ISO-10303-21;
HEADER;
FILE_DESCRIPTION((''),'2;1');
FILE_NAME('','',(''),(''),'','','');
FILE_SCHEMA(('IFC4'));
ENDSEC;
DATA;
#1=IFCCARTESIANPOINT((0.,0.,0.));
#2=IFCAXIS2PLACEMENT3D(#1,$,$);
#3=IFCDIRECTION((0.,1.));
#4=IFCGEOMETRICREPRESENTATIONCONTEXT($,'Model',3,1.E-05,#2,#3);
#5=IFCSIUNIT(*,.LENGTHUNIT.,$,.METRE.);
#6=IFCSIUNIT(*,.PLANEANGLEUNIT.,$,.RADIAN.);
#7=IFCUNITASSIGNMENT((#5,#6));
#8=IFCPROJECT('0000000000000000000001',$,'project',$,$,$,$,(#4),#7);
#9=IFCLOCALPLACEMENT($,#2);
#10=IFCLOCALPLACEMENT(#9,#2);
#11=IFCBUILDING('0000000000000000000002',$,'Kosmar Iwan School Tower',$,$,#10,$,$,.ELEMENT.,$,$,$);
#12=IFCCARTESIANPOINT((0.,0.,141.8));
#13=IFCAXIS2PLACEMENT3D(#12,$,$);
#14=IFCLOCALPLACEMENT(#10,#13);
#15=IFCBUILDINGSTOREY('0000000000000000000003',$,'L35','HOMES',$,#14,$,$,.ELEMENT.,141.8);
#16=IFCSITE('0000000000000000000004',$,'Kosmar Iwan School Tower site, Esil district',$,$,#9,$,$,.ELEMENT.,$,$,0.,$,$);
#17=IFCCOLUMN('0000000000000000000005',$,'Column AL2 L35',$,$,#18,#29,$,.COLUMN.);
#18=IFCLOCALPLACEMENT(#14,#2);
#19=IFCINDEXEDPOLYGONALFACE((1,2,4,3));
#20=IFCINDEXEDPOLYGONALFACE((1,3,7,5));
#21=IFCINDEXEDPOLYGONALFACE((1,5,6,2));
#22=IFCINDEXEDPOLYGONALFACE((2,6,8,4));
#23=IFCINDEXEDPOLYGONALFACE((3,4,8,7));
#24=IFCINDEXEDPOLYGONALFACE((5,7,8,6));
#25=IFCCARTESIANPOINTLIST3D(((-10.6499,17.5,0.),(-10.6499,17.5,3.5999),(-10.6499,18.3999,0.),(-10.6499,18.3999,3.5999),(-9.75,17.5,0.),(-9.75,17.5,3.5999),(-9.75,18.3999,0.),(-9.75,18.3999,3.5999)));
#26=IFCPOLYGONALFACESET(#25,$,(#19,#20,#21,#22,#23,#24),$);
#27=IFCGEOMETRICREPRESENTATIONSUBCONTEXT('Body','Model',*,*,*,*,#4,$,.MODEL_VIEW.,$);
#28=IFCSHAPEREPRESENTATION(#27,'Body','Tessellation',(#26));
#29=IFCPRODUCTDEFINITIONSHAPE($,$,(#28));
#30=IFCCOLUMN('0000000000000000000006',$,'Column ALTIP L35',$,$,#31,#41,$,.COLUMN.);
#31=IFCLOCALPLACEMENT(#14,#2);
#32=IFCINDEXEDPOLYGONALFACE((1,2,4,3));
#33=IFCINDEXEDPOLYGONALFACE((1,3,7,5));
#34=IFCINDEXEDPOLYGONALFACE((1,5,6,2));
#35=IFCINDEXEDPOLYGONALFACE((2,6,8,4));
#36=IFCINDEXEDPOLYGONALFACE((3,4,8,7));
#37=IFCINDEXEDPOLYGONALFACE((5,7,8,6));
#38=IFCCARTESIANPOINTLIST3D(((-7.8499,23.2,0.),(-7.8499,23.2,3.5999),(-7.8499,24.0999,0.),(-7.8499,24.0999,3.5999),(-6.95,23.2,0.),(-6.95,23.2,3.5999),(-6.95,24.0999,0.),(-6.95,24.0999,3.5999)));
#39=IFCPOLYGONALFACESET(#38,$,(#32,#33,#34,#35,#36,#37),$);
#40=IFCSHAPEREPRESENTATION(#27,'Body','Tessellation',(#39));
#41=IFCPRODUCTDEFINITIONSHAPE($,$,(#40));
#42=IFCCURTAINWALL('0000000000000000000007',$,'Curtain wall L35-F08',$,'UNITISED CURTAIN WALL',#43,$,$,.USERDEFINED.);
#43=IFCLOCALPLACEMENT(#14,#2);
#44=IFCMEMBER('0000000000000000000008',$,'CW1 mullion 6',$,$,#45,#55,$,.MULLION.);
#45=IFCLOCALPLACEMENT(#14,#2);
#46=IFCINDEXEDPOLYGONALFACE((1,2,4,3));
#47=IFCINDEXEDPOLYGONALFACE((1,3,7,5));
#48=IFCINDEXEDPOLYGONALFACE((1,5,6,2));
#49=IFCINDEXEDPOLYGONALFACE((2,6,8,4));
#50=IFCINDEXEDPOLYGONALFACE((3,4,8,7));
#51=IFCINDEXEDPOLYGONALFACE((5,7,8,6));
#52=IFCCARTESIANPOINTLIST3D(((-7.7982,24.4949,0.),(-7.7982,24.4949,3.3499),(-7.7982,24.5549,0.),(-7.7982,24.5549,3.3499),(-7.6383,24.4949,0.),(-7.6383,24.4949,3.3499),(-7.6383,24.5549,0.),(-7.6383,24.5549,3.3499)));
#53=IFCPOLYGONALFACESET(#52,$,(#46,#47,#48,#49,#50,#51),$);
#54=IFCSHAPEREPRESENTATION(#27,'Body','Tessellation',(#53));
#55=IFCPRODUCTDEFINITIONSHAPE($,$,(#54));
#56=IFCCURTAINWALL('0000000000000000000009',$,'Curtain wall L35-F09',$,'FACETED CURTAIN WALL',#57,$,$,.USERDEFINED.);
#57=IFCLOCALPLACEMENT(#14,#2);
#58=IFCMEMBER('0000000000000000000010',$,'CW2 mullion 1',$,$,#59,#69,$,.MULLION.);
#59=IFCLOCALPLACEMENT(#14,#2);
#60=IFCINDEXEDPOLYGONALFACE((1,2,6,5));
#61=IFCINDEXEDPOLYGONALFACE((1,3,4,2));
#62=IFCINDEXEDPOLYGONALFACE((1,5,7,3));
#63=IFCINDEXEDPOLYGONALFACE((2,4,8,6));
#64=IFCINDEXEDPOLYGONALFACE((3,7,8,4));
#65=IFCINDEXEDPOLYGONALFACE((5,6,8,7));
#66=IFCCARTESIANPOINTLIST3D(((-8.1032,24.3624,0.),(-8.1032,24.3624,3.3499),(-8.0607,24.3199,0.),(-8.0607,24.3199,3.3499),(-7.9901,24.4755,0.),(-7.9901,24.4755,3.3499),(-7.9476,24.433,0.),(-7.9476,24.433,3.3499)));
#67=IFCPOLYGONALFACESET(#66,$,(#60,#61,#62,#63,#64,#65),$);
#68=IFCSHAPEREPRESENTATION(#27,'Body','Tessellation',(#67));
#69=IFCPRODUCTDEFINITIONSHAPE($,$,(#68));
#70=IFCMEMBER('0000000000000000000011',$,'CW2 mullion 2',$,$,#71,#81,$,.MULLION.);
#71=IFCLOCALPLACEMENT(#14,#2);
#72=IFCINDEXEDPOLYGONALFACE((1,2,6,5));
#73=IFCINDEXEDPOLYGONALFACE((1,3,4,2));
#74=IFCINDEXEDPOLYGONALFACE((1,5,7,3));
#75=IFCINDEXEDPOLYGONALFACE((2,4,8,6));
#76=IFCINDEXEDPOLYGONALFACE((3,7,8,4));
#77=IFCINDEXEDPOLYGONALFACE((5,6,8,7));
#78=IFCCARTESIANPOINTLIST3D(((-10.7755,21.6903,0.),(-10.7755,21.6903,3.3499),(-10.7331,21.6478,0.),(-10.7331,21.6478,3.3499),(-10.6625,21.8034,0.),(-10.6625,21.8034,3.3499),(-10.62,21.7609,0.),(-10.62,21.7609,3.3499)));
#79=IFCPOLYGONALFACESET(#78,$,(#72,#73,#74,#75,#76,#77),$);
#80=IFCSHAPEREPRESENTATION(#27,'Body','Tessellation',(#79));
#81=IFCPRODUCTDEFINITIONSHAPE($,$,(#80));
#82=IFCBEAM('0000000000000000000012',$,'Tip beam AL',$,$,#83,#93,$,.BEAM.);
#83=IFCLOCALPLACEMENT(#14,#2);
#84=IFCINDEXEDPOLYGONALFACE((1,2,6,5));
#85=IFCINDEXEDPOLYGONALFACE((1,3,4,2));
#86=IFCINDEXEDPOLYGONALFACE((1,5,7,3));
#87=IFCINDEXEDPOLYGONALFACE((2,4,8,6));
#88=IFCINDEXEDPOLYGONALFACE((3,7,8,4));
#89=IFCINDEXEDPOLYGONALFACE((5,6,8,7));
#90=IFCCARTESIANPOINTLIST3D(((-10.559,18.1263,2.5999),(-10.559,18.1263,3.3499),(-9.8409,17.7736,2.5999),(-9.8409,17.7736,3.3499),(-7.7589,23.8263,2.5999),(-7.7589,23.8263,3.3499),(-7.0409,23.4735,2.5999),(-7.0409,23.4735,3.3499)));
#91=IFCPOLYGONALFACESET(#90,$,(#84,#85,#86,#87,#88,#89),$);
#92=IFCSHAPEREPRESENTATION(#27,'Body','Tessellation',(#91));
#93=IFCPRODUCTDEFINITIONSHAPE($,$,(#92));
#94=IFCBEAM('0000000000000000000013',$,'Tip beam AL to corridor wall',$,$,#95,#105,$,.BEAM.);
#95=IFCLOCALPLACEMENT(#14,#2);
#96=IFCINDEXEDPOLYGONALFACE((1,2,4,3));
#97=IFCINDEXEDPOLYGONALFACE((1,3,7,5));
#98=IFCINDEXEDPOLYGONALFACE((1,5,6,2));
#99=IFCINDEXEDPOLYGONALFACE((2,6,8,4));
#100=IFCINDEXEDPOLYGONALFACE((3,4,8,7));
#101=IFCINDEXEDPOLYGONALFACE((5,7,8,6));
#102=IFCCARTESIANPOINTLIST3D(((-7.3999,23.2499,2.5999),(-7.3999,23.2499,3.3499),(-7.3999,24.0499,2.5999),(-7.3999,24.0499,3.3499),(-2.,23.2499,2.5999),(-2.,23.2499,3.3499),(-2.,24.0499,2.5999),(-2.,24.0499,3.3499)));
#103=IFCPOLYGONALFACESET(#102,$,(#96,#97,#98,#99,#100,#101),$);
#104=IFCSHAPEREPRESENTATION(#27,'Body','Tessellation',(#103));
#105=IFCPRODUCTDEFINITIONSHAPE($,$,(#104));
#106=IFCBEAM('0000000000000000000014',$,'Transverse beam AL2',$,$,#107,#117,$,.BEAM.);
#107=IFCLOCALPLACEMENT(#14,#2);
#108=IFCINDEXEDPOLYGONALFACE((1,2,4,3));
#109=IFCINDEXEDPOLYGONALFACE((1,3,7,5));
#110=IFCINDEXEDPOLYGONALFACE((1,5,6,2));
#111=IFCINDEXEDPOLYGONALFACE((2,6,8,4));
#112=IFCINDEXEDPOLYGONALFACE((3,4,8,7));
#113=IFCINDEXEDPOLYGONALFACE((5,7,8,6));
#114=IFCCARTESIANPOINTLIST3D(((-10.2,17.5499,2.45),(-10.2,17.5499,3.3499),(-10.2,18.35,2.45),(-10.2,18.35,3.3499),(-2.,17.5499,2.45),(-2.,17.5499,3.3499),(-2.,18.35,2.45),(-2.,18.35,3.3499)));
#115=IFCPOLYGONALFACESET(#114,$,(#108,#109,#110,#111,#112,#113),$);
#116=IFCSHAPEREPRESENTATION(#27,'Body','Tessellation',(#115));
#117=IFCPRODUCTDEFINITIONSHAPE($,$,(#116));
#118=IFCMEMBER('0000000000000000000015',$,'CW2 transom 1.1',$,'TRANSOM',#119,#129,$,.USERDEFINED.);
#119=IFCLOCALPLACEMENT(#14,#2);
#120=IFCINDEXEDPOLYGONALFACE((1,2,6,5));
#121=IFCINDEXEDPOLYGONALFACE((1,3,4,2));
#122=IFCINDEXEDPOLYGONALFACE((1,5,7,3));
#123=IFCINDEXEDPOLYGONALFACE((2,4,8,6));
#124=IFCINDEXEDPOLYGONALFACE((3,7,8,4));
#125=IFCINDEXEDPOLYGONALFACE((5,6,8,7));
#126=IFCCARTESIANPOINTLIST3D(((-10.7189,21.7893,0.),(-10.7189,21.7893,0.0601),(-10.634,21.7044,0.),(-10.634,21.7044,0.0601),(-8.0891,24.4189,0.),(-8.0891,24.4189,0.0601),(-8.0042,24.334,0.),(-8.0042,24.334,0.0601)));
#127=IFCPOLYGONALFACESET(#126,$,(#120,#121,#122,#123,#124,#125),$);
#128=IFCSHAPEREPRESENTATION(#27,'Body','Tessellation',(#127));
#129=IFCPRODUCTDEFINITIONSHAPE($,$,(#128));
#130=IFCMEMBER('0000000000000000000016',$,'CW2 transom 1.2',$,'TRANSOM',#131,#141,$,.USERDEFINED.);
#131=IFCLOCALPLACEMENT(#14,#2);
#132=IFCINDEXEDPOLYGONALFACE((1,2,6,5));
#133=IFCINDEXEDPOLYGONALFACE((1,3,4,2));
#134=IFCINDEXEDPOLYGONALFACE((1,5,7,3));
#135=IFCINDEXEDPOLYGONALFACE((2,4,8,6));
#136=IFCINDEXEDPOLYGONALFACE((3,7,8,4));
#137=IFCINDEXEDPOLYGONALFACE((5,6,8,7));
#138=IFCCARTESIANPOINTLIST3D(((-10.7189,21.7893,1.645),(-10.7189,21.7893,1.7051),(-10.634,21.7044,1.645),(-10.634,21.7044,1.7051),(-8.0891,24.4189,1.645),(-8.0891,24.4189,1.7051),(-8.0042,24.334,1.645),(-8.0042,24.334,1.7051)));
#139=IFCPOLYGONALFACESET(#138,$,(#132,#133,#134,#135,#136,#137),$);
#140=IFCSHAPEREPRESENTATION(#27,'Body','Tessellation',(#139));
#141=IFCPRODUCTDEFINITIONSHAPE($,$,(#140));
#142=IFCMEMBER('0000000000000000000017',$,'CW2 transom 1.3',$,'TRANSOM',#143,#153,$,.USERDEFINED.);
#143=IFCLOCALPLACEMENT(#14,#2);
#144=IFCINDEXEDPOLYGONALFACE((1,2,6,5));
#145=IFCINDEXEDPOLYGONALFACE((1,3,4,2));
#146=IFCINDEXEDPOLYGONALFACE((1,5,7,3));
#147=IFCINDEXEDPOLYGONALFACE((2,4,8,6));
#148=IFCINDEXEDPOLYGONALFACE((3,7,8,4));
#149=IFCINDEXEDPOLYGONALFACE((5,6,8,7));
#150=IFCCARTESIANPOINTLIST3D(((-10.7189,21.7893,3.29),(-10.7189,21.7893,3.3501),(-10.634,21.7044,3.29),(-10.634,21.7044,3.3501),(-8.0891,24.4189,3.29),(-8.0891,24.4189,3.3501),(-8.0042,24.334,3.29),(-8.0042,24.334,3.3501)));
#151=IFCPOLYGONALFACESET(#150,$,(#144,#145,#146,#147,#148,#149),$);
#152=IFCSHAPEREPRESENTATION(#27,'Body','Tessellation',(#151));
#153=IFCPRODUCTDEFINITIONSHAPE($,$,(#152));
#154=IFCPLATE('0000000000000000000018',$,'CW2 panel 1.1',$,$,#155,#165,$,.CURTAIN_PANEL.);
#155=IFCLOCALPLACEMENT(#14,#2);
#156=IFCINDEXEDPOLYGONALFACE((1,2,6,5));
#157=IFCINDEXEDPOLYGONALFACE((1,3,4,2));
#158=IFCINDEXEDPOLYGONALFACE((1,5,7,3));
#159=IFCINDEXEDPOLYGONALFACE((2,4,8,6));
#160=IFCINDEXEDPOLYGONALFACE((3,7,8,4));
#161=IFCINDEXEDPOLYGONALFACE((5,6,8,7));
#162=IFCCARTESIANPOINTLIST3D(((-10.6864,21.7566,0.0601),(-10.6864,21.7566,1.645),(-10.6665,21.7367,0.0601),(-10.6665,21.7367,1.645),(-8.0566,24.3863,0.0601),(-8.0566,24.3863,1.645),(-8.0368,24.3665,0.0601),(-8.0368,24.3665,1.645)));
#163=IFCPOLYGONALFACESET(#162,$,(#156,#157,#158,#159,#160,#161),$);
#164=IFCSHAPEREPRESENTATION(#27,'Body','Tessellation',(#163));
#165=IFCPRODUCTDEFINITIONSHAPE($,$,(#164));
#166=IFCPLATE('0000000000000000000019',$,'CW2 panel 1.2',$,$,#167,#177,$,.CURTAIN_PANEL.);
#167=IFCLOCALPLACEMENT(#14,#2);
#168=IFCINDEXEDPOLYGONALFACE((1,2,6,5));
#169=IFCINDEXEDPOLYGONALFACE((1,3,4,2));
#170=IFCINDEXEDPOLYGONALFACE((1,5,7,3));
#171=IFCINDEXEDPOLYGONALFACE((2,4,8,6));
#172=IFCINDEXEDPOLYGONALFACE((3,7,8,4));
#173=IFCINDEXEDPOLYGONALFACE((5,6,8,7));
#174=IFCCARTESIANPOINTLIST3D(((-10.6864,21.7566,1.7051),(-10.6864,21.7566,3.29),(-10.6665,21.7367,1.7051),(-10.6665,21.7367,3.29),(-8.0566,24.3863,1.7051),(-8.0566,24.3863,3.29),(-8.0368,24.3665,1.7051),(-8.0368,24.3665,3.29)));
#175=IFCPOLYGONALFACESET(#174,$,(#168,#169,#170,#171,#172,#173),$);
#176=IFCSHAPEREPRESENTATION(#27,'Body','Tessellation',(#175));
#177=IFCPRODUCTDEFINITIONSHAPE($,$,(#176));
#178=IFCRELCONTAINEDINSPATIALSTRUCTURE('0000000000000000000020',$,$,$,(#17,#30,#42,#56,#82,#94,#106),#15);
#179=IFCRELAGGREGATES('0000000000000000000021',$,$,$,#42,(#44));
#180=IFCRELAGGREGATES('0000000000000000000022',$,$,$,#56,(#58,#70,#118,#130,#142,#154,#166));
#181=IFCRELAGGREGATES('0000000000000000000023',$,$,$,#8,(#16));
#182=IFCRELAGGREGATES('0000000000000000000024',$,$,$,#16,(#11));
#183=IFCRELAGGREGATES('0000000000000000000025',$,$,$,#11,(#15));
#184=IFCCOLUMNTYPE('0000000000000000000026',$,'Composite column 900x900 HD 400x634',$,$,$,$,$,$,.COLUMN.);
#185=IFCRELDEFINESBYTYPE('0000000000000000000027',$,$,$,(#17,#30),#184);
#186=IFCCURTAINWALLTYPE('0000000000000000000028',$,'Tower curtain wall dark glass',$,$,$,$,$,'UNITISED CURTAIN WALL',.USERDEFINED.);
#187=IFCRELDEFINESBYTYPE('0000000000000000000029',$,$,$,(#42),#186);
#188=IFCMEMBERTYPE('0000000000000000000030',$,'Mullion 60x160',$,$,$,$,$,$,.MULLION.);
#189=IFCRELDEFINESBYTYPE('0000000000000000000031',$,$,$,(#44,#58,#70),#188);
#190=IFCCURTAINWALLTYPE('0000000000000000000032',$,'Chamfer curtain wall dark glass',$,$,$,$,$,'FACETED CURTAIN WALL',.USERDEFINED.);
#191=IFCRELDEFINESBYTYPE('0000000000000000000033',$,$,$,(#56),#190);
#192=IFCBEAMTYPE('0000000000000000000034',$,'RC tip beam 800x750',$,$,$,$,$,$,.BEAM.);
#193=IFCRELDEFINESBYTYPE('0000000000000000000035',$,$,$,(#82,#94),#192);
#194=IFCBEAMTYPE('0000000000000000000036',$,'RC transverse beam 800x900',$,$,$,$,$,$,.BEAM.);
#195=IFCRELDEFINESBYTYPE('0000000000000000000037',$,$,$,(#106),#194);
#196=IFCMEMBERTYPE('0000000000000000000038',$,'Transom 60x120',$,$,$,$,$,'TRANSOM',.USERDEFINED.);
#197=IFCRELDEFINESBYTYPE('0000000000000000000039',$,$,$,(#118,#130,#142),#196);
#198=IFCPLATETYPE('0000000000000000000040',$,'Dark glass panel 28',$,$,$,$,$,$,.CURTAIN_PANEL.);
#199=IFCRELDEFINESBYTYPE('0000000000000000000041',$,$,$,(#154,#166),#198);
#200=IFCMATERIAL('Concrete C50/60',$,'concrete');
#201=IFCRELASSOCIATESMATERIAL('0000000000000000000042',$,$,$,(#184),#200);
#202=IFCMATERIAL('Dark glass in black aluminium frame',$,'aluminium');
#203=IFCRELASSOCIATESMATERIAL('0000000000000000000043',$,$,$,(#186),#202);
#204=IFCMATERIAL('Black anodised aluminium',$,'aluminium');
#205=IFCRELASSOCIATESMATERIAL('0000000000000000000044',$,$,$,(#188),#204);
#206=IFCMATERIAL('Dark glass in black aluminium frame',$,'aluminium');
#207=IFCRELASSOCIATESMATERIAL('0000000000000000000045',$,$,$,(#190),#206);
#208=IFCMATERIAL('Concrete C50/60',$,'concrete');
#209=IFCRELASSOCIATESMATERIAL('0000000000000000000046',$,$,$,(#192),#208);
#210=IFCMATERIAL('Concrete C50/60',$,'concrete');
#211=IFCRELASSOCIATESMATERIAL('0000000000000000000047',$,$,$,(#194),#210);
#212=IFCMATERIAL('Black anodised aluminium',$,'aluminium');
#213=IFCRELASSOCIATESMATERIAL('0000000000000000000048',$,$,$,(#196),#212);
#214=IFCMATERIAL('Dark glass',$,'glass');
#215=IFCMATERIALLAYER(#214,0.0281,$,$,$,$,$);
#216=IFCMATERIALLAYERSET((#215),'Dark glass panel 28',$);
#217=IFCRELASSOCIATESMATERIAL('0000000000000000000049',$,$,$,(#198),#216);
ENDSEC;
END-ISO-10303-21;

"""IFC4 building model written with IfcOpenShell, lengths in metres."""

from ifc_helpers import new_model, si_unit, direction, frame, origin, origin_2d, place, context, subcontext, project, spatial, rectangle, extrude, material, layer, layer_set, material_profile, profile_set, type_object, element, aggregate, save


model = new_model("IFC4")

# Units and contexts
model_context = context("Model", 3, precision=1e-05, world=origin(), true_north=direction((0.0, 1.0)))
body_context = subcontext(model_context, "Body", "Model", "MODEL_VIEW")
ifc_project = project(units=[si_unit("LENGTHUNIT", "METRE"), si_unit("PLANEANGLEUNIT", "RADIAN")], contexts=[model_context])

# Site, building, storey
site_placement = place(None, origin())
site = spatial("IfcSite", under=ifc_project, at=site_placement, Name="Kosmar Iwan School Tower site, Esil district", CompositionType="ELEMENT", RefElevation=0.0)
building_placement = place(site_placement, origin())
building = spatial("IfcBuilding", under=site, at=building_placement, Name="Kosmar Iwan School Tower", CompositionType="ELEMENT")
storey_placement = place(building_placement, frame((0.0, 0.0, 141.8)))
storey = spatial("IfcBuildingStorey", under=building, at=storey_placement, Name="L35", Description="HOMES", CompositionType="ELEMENT", Elevation=141.8)

# Columns
ifc_material_1 = material(Name="Concrete C50/60", Category="concrete")
ifc_material_profile_1 = material_profile(ifc_material_1, rectangle(XDim=0.8999, YDim=0.8999, at=origin_2d()), Name="RC 900x900 + HD 400x634")
ifc_profile_set_1 = profile_set([ifc_material_profile_1], Name="Concrete C50/60")
column_type = type_object("IfcColumnType", Name="Composite column 900x900 HD 400x634", PredefinedType="COLUMN", material=ifc_profile_set_1)
for number, where, z_axis, x_axis, name in (
    (1, (-10.2, 17.95, 0.0), (0.0, 0.0, 1.0), (0.0, 1.0, 0.0), "Column AL2 L35"),
    (2, (-7.3999, 23.6499, 0.0), (0.0, 0.0, 1.0), (0.0, 1.0, 0.0), "Column ALTIP L35"),
):
    element("IfcColumn", number, at=place(storey_placement, frame(where, z_axis=z_axis, x_axis=x_axis)), inside=storey, type_object=column_type, Name=name, PredefinedType="COLUMN", context=body_context, shape_type="SweptSolid", body=[
        extrude(rectangle(XDim=0.8999, YDim=0.8999, at=origin_2d()), origin(), (0.0, 0.0, 1.0), 3.5999),
    ])

# Curtain wall, member
ifc_material_2 = material(Name="Dark glass in black aluminium frame", Category="aluminium")
curtain_wall_type_1 = type_object("IfcCurtainWallType", Name="Tower curtain wall dark glass", ElementType="UNITISED CURTAIN WALL", PredefinedType="USERDEFINED", material=ifc_material_2)
curtain_wall_1_placement = place(storey_placement, origin())
curtain_wall_1 = element("IfcCurtainWall", 3, at=curtain_wall_1_placement, inside=storey, type_object=curtain_wall_type_1, Name="Curtain wall L35-F08", ObjectType="UNITISED CURTAIN WALL", PredefinedType="USERDEFINED")
ifc_material_3 = material(Name="Black anodised aluminium", Category="aluminium")
ifc_material_profile_2 = material_profile(ifc_material_3, rectangle(XDim=0.0601, YDim=0.1599, at=origin_2d()), Name="MULLION 60x160")
ifc_profile_set_2 = profile_set([ifc_material_profile_2], Name="Black anodised aluminium")
member_type_1 = type_object("IfcMemberType", Name="Mullion 60x160", PredefinedType="MULLION", material=ifc_profile_set_2)
member_1_placement = place(storey_placement, frame((-7.7183, 24.5249, 0.0), z_axis=(0.0, 0.0, 1.0), x_axis=(0.0, -1.0, 0.0)))
member_1 = element("IfcMember", 4, at=member_1_placement, type_object=member_type_1, Name="CW1 mullion 6", PredefinedType="MULLION", context=body_context, shape_type="SweptSolid", body=[
    extrude(rectangle(XDim=0.0601, YDim=0.1599, at=origin_2d()), origin(), (0.0, 0.0, 1.0), 3.3499),
])
aggregate(curtain_wall_1, [member_1])

# Curtain wall, members
ifc_material_4 = material(Name="Dark glass in black aluminium frame", Category="aluminium")
curtain_wall_type_2 = type_object("IfcCurtainWallType", Name="Chamfer curtain wall dark glass", ElementType="FACETED CURTAIN WALL", PredefinedType="USERDEFINED", material=ifc_material_4)
curtain_wall_2_placement = place(storey_placement, origin())
curtain_wall_2 = element("IfcCurtainWall", 5, at=curtain_wall_2_placement, inside=storey, type_object=curtain_wall_type_2, Name="Curtain wall L35-F09", ObjectType="FACETED CURTAIN WALL", PredefinedType="USERDEFINED")
member_2_placement = place(storey_placement, frame((-8.0254, 24.3977, 0.0), z_axis=(0.0, 0.0, 1.0), x_axis=(0.707107, -0.707107, 0.0)))
member_2 = element("IfcMember", 6, at=member_2_placement, type_object=member_type_1, Name="CW2 mullion 1", PredefinedType="MULLION", context=body_context, shape_type="SweptSolid", body=[
    extrude(rectangle(XDim=0.0601, YDim=0.1599, at=origin_2d()), origin(), (0.0, 0.0, 1.0), 3.3499),
])
member_3_placement = place(storey_placement, frame((-10.6978, 21.7256, 0.0), z_axis=(0.0, 0.0, 1.0), x_axis=(0.707107, -0.707107, 0.0)))
member_3 = element("IfcMember", 7, at=member_3_placement, type_object=member_type_1, Name="CW2 mullion 2", PredefinedType="MULLION", context=body_context, shape_type="SweptSolid", body=[
    extrude(rectangle(XDim=0.0601, YDim=0.1599, at=origin_2d()), origin(), (0.0, 0.0, 1.0), 3.3499),
])

# Beams
ifc_material_5 = material(Name="Concrete C50/60", Category="concrete")
ifc_material_profile_3 = material_profile(ifc_material_5, rectangle(XDim=0.8, YDim=0.75, at=origin_2d()), Name="RC 800x750")
ifc_profile_set_3 = profile_set([ifc_material_profile_3], Name="Concrete C50/60")
beam_type_1 = type_object("IfcBeamType", Name="RC tip beam 800x750", PredefinedType="BEAM", material=ifc_profile_set_3)
beam_1_placement = place(storey_placement, frame((-10.2, 17.95, 2.9749), z_axis=(0.440913, 0.89755, 0.0), x_axis=(-0.89755, 0.440913, 0.0)))
element("IfcBeam", 8, at=beam_1_placement, inside=storey, type_object=beam_type_1, Name="Tip beam AL", PredefinedType="BEAM", context=body_context, shape_type="SweptSolid", body=[
    extrude(rectangle(XDim=0.8, YDim=0.75, at=origin_2d()), origin(), (0.0, 0.0, 1.0), 6.3506),
])
beam_2_placement = place(storey_placement, frame((-7.3999, 23.6499, 2.9749), z_axis=(1.0, 0.0, 0.0), x_axis=(0.0, 1.0, 0.0)))
element("IfcBeam", 9, at=beam_2_placement, inside=storey, type_object=beam_type_1, Name="Tip beam AL to corridor wall", PredefinedType="BEAM", context=body_context, shape_type="SweptSolid", body=[
    extrude(rectangle(XDim=0.8, YDim=0.75, at=origin_2d()), origin(), (0.0, 0.0, 1.0), 5.3999),
])
ifc_material_6 = material(Name="Concrete C50/60", Category="concrete")
ifc_material_profile_4 = material_profile(ifc_material_6, rectangle(XDim=0.8, YDim=0.8999, at=origin_2d()), Name="RC 800x900")
ifc_profile_set_4 = profile_set([ifc_material_profile_4], Name="Concrete C50/60")
beam_type_2 = type_object("IfcBeamType", Name="RC transverse beam 800x900", PredefinedType="BEAM", material=ifc_profile_set_4)
beam_3_placement = place(storey_placement, frame((-10.2, 17.95, 2.8999), z_axis=(1.0, 0.0, 0.0), x_axis=(0.0, 1.0, 0.0)))
element("IfcBeam", 10, at=beam_3_placement, inside=storey, type_object=beam_type_2, Name="Transverse beam AL2", PredefinedType="BEAM", context=body_context, shape_type="SweptSolid", body=[
    extrude(rectangle(XDim=0.8, YDim=0.8999, at=origin_2d()), origin(), (0.0, 0.0, 1.0), 8.2),
])

# Members
ifc_material_7 = material(Name="Black anodised aluminium", Category="aluminium")
ifc_material_profile_5 = material_profile(ifc_material_7, rectangle(XDim=0.1201, YDim=0.0601, at=origin_2d()), Name="TRANSOM 60x120")
ifc_profile_set_5 = profile_set([ifc_material_profile_5], Name="Black anodised aluminium")
member_type_2 = type_object("IfcMemberType", Name="Transom 60x120", ElementType="TRANSOM", PredefinedType="USERDEFINED", material=ifc_profile_set_5)
member_4_placement = place(storey_placement, frame((-8.0466, 24.3765, 0.03), z_axis=(-0.70714, -0.707074, 0.0), x_axis=(0.707074, -0.70714, 0.0)))
member_4 = element("IfcMember", 11, at=member_4_placement, type_object=member_type_2, Name="CW2 transom 1.1", ObjectType="TRANSOM", PredefinedType="USERDEFINED", context=body_context, shape_type="SweptSolid", body=[
    extrude(rectangle(XDim=0.1201, YDim=0.0601, at=origin_2d()), origin(), (0.0, 0.0, 1.0), 3.719),
])
member_5_placement = place(storey_placement, frame((-8.0466, 24.3765, 1.675), z_axis=(-0.70714, -0.707074, 0.0), x_axis=(0.707074, -0.70714, 0.0)))
member_5 = element("IfcMember", 12, at=member_5_placement, type_object=member_type_2, Name="CW2 transom 1.2", ObjectType="TRANSOM", PredefinedType="USERDEFINED", context=body_context, shape_type="SweptSolid", body=[
    extrude(rectangle(XDim=0.1201, YDim=0.0601, at=origin_2d()), origin(), (0.0, 0.0, 1.0), 3.719),
])
member_6_placement = place(storey_placement, frame((-8.0466, 24.3765, 3.3201), z_axis=(-0.70714, -0.707074, 0.0), x_axis=(0.707074, -0.70714, 0.0)))
member_6 = element("IfcMember", 13, at=member_6_placement, type_object=member_type_2, Name="CW2 transom 1.3", ObjectType="TRANSOM", PredefinedType="USERDEFINED", context=body_context, shape_type="SweptSolid", body=[
    extrude(rectangle(XDim=0.1201, YDim=0.0601, at=origin_2d()), origin(), (0.0, 0.0, 1.0), 3.719),
])

# Plates
ifc_material_8 = material(Name="Dark glass", Category="glass")
ifc_layer = layer(ifc_material_8, 0.0281)
ifc_layer_set = layer_set([ifc_layer], Name="Dark glass panel 28")
plate_type = type_object("IfcPlateType", Name="Dark glass panel 28", PredefinedType="CURTAIN_PANEL", material=ifc_layer_set)
plate_1_placement = place(storey_placement, frame((-9.3616, 23.0615, 0.0601), z_axis=(0.0, 0.0, 1.0), x_axis=(-0.707107, -0.707107, 0.0)))
plate_1 = element("IfcPlate", 14, at=plate_1_placement, type_object=plate_type, Name="CW2 panel 1.1", PredefinedType="CURTAIN_PANEL", context=body_context, shape_type="SweptSolid", body=[
    extrude(rectangle(XDim=3.719, YDim=0.0281, at=origin_2d()), origin(), (0.0, 0.0, 1.0), 1.585),
])
plate_2_placement = place(storey_placement, frame((-9.3616, 23.0615, 1.7051), z_axis=(0.0, 0.0, 1.0), x_axis=(-0.707107, -0.707107, 0.0)))
plate_2 = element("IfcPlate", 15, at=plate_2_placement, type_object=plate_type, Name="CW2 panel 1.2", PredefinedType="CURTAIN_PANEL", context=body_context, shape_type="SweptSolid", body=[
    extrude(rectangle(XDim=3.719, YDim=0.0281, at=origin_2d()), origin(), (0.0, 0.0, 1.0), 1.585),
])
aggregate(curtain_wall_2, [member_2, member_3, member_4, member_5, member_6, plate_1, plate_2])

save(model, "model.ifc")
